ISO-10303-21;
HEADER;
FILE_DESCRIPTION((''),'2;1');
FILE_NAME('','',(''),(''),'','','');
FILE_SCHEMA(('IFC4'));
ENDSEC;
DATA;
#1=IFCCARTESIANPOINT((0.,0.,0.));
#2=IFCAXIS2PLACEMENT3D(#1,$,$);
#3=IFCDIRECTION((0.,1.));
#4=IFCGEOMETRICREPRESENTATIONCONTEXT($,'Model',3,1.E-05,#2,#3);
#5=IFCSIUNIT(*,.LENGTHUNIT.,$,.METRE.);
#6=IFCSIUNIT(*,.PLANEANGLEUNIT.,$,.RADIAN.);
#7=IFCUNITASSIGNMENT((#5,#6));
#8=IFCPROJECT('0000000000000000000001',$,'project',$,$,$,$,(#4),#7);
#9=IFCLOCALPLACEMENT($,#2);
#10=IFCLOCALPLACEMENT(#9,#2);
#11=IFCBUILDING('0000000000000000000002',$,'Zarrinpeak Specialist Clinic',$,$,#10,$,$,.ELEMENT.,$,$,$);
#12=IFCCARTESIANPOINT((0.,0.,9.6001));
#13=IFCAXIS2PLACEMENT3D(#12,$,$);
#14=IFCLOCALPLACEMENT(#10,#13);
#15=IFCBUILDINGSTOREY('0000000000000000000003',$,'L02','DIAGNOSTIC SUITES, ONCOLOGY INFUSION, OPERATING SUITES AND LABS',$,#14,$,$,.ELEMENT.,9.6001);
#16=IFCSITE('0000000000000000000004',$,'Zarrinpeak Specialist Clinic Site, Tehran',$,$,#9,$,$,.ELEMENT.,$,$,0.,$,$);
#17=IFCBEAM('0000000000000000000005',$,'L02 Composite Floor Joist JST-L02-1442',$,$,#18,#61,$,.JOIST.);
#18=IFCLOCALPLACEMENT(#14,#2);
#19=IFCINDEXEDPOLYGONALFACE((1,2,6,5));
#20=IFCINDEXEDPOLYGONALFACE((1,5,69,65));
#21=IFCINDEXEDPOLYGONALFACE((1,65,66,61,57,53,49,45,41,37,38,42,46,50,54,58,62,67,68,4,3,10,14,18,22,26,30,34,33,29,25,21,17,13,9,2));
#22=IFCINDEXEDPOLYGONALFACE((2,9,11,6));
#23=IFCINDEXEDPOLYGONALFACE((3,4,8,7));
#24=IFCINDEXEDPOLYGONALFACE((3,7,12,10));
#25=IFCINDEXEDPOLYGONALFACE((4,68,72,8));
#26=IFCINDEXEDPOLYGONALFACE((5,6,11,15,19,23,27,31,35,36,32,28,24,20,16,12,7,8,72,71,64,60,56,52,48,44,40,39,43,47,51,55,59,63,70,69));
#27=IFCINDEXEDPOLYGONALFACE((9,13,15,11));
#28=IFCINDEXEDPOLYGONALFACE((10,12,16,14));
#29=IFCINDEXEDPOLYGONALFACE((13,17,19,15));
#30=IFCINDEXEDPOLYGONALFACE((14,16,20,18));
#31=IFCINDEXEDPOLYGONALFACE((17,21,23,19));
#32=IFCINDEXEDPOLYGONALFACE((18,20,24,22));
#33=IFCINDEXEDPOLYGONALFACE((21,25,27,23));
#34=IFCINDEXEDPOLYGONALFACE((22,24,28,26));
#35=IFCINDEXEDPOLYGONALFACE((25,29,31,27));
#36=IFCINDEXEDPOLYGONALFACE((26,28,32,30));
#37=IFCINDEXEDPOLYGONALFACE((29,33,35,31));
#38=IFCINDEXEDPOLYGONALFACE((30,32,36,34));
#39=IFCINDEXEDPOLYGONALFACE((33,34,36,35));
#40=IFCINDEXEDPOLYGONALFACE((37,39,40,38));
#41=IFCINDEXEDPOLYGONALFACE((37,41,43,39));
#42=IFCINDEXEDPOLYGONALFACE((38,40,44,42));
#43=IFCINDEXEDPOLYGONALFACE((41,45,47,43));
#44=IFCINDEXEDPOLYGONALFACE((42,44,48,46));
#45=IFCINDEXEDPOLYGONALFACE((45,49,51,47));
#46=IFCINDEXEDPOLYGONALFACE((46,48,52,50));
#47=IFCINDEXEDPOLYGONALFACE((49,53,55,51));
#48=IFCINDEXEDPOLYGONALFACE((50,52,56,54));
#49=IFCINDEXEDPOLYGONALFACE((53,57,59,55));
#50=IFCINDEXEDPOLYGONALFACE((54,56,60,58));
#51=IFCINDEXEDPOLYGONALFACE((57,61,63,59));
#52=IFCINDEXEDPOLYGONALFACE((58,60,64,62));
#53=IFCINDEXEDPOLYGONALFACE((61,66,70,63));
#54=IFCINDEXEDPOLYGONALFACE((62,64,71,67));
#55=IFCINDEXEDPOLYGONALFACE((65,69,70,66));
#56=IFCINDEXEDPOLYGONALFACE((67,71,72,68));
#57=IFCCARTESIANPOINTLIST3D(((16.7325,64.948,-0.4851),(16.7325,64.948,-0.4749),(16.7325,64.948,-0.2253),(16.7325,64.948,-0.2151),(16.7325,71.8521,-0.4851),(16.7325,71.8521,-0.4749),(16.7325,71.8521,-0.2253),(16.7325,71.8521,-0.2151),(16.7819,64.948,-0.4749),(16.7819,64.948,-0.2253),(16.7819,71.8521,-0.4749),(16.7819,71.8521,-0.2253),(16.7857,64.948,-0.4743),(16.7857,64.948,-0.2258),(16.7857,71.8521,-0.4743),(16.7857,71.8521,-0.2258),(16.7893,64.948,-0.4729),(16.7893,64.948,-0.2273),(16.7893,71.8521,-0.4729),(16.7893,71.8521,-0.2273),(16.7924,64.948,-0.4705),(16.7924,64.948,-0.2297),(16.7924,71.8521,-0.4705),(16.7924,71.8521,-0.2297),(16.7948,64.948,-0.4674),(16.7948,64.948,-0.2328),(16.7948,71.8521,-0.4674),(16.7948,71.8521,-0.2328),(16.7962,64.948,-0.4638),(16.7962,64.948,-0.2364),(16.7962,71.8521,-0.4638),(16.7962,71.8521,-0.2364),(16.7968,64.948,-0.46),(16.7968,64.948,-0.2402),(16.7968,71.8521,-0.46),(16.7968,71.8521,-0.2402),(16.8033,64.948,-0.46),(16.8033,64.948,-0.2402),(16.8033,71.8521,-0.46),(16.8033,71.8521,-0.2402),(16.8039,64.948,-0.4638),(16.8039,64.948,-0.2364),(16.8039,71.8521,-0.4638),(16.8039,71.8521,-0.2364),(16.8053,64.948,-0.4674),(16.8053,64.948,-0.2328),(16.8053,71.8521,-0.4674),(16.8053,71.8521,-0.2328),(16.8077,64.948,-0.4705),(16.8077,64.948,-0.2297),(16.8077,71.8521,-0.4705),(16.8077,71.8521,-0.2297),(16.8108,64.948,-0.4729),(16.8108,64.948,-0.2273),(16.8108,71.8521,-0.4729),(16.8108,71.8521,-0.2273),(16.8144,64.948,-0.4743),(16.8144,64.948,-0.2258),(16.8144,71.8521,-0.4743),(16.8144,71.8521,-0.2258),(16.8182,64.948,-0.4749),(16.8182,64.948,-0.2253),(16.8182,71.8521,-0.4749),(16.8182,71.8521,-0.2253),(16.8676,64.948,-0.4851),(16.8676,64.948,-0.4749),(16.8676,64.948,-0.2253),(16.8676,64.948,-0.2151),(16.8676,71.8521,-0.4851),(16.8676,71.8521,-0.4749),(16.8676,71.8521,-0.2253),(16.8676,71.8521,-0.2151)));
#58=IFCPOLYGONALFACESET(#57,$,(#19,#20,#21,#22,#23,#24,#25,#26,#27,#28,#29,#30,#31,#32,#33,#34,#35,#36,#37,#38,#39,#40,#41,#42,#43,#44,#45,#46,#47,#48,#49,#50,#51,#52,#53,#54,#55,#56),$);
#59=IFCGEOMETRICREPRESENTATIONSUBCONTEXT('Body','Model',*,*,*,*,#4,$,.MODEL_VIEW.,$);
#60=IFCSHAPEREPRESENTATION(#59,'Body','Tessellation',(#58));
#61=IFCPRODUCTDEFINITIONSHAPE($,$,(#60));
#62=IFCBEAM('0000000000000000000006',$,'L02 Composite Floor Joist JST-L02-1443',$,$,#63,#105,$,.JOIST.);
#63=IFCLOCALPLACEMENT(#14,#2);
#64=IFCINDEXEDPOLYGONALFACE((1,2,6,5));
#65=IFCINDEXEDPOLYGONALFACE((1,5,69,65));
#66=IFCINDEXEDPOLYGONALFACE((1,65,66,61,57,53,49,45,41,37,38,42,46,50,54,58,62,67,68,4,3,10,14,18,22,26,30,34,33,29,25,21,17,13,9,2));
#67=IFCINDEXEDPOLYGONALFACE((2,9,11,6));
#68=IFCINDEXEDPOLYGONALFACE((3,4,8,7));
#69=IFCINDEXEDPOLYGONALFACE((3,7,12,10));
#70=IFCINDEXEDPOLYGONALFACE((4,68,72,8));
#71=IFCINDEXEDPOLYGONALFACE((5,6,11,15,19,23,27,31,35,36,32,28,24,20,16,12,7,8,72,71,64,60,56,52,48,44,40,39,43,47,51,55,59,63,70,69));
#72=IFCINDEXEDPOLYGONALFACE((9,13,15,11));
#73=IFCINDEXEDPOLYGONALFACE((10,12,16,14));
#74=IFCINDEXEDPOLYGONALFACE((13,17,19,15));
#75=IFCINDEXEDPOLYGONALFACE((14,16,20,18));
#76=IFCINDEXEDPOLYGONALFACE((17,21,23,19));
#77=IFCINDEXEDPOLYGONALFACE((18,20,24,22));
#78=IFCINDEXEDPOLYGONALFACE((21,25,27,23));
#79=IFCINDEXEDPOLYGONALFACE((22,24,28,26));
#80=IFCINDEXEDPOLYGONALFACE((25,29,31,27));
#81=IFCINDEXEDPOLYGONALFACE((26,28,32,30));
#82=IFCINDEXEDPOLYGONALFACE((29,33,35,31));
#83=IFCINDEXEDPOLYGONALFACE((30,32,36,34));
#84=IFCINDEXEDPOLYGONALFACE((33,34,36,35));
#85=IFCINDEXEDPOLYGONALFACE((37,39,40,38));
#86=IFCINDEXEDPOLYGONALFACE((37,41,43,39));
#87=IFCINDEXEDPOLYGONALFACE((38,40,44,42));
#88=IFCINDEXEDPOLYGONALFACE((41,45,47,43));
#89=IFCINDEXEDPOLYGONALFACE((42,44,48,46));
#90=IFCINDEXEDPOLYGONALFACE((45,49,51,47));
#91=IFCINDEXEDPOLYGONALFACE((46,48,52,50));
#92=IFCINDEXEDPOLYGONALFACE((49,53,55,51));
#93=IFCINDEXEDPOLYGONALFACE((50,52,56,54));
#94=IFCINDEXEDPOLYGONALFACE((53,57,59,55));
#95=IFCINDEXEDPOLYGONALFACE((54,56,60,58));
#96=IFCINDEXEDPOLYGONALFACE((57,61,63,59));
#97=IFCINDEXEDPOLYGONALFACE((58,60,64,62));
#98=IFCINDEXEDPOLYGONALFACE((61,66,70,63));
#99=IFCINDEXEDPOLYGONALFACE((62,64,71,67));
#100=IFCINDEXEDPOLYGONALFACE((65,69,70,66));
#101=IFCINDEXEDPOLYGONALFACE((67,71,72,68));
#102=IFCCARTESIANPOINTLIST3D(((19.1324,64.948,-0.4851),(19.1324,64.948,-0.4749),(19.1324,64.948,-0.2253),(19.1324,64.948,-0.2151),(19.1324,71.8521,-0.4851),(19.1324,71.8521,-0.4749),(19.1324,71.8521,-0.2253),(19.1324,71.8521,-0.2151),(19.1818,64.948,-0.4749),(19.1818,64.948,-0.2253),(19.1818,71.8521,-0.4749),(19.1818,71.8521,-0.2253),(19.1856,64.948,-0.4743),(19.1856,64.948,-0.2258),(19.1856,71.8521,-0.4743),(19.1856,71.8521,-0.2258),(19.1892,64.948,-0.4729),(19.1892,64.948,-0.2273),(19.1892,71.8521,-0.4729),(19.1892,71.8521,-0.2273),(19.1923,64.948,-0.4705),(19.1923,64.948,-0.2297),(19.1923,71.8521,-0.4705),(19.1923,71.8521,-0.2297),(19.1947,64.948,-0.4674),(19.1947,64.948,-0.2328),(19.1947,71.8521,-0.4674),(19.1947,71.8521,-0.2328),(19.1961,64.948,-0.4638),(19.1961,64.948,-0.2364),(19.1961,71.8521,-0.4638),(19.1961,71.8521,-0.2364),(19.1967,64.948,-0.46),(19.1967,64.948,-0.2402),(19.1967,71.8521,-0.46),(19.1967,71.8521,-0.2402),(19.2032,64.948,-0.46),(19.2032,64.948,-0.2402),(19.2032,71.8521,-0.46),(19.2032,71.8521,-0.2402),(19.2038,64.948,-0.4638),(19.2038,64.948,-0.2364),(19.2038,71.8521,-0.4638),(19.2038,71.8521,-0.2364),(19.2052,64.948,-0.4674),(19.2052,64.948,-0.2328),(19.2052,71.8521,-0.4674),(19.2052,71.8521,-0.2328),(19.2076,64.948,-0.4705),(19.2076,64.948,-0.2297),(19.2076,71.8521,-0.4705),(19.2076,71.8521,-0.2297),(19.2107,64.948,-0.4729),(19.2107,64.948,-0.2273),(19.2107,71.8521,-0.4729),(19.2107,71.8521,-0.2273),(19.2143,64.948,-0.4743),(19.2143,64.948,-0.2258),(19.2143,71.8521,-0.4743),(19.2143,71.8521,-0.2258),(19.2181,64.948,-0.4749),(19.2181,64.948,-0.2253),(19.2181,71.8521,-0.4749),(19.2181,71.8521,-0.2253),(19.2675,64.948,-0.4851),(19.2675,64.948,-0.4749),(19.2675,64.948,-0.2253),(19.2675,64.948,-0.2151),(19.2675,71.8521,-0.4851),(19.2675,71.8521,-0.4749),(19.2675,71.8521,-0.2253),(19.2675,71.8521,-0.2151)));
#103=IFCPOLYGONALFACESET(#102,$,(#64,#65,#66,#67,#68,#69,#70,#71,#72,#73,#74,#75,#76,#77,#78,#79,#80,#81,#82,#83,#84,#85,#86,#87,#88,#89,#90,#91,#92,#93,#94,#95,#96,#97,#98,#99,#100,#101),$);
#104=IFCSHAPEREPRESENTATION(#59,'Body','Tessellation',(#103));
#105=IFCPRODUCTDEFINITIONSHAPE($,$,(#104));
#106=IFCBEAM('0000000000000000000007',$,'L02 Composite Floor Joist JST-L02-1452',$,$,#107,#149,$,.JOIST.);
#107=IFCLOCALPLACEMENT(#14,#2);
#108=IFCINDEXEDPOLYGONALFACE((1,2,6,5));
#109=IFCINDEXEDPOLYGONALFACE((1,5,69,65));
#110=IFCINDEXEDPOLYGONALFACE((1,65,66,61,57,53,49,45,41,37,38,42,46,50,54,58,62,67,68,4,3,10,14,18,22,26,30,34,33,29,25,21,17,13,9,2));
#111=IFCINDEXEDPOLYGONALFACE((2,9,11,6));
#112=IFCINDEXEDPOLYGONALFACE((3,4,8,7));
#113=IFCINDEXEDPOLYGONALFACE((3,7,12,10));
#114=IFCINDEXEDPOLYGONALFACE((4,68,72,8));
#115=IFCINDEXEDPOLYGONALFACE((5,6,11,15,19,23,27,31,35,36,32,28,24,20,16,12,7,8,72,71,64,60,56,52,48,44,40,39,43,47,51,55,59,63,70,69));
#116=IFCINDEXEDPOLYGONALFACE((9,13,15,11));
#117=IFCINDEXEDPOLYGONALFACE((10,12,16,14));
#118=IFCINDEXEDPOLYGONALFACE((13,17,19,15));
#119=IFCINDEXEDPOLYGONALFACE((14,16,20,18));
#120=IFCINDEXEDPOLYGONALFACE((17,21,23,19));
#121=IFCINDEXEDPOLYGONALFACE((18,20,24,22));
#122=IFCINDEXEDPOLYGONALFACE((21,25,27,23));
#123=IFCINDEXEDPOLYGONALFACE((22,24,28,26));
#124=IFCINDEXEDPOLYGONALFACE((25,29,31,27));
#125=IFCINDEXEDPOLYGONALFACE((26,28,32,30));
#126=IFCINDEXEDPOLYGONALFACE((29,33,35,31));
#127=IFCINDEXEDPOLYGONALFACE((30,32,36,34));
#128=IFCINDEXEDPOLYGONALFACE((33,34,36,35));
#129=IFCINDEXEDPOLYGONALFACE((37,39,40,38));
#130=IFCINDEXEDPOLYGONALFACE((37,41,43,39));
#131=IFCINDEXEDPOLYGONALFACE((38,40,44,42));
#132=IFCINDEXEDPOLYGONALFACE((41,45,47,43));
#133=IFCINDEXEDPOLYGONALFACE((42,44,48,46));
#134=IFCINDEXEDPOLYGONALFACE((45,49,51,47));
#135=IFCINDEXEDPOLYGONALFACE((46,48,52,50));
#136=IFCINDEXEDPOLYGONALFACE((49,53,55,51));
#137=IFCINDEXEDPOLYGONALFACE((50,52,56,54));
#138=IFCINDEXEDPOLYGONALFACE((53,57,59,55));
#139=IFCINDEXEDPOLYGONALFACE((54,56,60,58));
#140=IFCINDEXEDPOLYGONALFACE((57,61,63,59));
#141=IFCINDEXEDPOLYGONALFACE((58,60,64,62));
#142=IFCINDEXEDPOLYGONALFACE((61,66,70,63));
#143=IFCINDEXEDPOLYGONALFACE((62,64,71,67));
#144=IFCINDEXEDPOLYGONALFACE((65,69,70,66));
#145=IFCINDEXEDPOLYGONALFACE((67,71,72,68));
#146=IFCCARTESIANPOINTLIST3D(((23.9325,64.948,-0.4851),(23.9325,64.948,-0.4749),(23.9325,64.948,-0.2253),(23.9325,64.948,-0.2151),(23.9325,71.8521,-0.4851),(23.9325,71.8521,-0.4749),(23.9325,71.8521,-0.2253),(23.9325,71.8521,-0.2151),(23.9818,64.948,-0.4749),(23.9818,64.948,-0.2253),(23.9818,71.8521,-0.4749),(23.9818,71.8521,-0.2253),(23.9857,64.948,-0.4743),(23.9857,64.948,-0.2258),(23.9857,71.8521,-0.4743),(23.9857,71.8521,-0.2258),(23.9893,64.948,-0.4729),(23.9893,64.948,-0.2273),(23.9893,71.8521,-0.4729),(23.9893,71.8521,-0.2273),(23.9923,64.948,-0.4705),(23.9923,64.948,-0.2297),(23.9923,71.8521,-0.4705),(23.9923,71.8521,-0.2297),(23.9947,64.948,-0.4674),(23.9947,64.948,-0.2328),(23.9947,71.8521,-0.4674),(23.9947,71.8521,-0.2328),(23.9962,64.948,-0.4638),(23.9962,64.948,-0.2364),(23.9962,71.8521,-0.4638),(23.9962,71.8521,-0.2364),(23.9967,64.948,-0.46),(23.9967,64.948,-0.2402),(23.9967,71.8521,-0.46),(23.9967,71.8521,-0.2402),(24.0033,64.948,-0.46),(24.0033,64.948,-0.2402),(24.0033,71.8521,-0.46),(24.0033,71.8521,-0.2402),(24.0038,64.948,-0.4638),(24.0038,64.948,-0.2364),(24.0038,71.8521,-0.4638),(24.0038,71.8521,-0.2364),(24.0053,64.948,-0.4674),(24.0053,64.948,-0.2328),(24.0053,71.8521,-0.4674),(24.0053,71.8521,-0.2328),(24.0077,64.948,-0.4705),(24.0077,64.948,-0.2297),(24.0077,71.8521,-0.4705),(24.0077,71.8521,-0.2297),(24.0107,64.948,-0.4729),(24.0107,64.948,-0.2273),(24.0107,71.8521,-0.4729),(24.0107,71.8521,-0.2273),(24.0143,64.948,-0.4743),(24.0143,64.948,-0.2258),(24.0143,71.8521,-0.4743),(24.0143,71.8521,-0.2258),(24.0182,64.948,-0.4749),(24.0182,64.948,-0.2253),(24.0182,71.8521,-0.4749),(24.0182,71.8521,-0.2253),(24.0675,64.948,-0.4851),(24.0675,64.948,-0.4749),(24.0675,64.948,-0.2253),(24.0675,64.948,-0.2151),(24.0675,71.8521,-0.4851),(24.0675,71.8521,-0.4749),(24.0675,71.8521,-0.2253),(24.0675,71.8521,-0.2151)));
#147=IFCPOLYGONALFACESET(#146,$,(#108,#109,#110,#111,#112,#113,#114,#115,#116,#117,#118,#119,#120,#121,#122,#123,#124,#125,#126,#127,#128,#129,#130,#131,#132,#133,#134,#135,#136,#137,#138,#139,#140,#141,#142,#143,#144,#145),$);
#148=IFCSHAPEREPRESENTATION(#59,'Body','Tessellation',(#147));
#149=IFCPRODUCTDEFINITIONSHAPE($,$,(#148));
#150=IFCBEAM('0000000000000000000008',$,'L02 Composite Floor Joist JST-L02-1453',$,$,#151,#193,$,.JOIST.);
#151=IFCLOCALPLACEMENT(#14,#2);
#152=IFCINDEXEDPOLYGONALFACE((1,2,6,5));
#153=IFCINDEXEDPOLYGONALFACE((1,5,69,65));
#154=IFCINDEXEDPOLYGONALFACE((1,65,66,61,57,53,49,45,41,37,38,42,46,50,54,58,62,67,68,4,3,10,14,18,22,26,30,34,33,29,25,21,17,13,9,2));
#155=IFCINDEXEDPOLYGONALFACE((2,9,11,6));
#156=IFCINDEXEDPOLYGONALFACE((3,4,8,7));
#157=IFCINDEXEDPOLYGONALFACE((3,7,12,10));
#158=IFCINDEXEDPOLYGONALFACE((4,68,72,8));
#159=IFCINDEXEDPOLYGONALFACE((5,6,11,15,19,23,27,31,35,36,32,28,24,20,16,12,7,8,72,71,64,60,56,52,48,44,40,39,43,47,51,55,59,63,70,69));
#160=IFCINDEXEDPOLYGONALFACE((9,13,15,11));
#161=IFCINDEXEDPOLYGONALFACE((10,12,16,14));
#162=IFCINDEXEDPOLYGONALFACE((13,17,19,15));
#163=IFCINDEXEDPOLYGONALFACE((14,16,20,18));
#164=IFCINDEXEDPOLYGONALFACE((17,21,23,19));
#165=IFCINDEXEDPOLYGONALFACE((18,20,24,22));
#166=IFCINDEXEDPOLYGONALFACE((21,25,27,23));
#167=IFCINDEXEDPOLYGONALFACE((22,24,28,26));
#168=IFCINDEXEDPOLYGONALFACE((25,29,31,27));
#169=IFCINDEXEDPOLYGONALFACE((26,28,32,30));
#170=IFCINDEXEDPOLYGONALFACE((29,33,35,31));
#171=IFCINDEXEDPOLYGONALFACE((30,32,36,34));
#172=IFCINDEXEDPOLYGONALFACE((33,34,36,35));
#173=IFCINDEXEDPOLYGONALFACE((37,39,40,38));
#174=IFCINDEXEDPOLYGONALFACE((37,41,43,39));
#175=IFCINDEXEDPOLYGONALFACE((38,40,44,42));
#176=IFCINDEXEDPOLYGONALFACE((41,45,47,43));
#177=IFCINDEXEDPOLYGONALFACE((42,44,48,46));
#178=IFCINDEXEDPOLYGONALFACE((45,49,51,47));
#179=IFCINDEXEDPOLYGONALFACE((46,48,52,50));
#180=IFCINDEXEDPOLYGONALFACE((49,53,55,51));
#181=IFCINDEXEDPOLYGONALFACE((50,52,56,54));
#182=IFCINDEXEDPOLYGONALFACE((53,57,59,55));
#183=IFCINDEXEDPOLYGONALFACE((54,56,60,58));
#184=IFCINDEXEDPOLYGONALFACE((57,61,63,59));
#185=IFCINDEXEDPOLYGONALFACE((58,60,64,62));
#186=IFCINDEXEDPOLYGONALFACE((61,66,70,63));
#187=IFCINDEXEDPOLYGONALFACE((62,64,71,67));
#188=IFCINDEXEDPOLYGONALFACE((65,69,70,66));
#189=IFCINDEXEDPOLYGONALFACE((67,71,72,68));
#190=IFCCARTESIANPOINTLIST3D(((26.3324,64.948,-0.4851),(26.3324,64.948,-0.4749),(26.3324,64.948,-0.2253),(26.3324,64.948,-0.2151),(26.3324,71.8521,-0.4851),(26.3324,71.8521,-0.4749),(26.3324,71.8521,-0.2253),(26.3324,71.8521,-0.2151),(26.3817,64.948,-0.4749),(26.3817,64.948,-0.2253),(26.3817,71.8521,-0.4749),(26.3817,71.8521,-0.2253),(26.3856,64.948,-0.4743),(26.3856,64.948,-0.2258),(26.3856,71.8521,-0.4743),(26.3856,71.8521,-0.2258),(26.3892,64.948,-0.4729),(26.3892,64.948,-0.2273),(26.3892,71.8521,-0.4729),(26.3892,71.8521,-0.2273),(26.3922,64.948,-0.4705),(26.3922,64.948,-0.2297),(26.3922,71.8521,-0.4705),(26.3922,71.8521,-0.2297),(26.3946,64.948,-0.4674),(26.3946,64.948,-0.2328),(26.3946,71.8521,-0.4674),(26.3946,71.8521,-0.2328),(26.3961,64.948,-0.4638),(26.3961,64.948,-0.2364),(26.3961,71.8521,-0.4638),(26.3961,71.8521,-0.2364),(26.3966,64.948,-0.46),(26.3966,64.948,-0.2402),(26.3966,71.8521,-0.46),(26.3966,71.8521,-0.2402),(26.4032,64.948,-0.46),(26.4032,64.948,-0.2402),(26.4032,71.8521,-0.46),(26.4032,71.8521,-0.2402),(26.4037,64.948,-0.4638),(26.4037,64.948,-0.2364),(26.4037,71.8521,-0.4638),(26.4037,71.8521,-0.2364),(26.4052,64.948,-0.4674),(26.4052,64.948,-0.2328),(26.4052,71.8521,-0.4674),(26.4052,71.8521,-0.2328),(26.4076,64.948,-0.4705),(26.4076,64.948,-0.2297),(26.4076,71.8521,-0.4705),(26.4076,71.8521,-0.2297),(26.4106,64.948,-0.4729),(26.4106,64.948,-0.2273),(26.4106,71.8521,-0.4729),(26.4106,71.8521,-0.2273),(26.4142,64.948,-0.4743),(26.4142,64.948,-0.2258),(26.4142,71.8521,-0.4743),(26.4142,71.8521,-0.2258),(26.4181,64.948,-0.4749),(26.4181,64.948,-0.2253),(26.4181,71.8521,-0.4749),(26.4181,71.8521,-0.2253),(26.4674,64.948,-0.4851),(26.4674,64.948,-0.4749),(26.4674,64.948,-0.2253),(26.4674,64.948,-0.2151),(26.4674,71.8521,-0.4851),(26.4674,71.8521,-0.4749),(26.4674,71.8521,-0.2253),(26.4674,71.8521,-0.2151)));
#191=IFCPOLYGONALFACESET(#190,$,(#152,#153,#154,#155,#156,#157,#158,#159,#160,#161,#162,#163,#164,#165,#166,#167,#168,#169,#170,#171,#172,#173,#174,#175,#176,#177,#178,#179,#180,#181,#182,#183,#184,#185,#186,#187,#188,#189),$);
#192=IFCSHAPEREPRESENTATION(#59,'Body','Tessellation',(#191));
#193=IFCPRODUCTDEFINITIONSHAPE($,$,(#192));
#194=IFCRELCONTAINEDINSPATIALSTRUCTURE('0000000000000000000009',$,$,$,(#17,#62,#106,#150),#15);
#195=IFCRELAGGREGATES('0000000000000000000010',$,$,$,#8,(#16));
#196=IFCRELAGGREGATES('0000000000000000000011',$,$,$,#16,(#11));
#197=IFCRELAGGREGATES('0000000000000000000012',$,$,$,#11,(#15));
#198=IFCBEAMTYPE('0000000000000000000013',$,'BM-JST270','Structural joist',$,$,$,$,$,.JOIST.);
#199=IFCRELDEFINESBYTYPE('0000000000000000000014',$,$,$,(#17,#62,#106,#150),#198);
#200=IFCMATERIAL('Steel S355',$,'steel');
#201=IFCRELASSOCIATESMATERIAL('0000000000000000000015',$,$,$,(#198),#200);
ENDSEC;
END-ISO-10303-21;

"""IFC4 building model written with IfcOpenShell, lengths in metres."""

from ifc_helpers import new_model, si_unit, direction, frame, origin, origin_2d, place, context, subcontext, project, spatial, i_section, extrude, material, material_profile, profile_set, type_object, element, save


model = new_model("IFC4")

# Units and contexts
model_context = context("Model", 3, precision=1e-05, world=origin(), true_north=direction((0.0, 1.0)))
body_context = subcontext(model_context, "Body", "Model", "MODEL_VIEW")
ifc_project = project(units=[si_unit("LENGTHUNIT", "METRE"), si_unit("PLANEANGLEUNIT", "RADIAN")], contexts=[model_context])

# Site, building, storey
site_placement = place(None, origin())
site = spatial("IfcSite", under=ifc_project, at=site_placement, Name="Zarrinpeak Specialist Clinic Site, Tehran", CompositionType="ELEMENT", RefElevation=0.0)
building_placement = place(site_placement, origin())
building = spatial("IfcBuilding", under=site, at=building_placement, Name="Zarrinpeak Specialist Clinic", CompositionType="ELEMENT")
storey_placement = place(building_placement, frame((0.0, 0.0, 9.6001)))
storey = spatial("IfcBuildingStorey", under=building, at=storey_placement, Name="L02", Description="DIAGNOSTIC SUITES, ONCOLOGY INFUSION, OPERATING SUITES AND LABS", CompositionType="ELEMENT", Elevation=9.6001)

# Shared definitions
ifc_material_1 = material(Name="Steel S355", Category="steel")

# Beams
ifc_material_profile_1 = material_profile(ifc_material_1, i_section(OverallWidth=0.135, OverallDepth=0.27, WebThickness=0.0066, FlangeThickness=0.0103, FilletRadius=0.0149, at=origin_2d()), Name="IPE 270")
ifc_profile_set_1 = profile_set([ifc_material_profile_1], Name="Steel S355")
beam_type_1 = type_object("IfcBeamType", Name="BM-JST270", Description="Structural joist", PredefinedType="JOIST", material=ifc_profile_set_1)
for number, where, z_axis, x_axis, name in (
    (1, (16.8, 64.948, -0.3501), (0.0, 1.0, 0.0), (-1.0, 0.0, 0.0), "L02 Composite Floor Joist JST-L02-1442"),
    (2, (19.2, 64.948, -0.3501), (0.0, 1.0, 0.0), (-1.0, 0.0, 0.0), "L02 Composite Floor Joist JST-L02-1443"),
    (3, (24.0, 64.948, -0.3501), (0.0, 1.0, 0.0), (-1.0, 0.0, 0.0), "L02 Composite Floor Joist JST-L02-1452"),
    (4, (26.3999, 64.948, -0.3501), (0.0, 1.0, 0.0), (-1.0, 0.0, 0.0), "L02 Composite Floor Joist JST-L02-1453"),
):
    element("IfcBeam", number, at=place(storey_placement, frame(where, z_axis=z_axis, x_axis=x_axis)), inside=storey, type_object=beam_type_1, Name=name, PredefinedType="JOIST", context=body_context, shape_type="SweptSolid", body=[
        extrude(i_section(OverallWidth=0.135, OverallDepth=0.27, WebThickness=0.0066, FlangeThickness=0.0103, FilletRadius=0.0149, at=origin_2d()), origin(), (0.0, 0.0, 1.0), 6.9041),
    ])

save(model, "model.ifc")
